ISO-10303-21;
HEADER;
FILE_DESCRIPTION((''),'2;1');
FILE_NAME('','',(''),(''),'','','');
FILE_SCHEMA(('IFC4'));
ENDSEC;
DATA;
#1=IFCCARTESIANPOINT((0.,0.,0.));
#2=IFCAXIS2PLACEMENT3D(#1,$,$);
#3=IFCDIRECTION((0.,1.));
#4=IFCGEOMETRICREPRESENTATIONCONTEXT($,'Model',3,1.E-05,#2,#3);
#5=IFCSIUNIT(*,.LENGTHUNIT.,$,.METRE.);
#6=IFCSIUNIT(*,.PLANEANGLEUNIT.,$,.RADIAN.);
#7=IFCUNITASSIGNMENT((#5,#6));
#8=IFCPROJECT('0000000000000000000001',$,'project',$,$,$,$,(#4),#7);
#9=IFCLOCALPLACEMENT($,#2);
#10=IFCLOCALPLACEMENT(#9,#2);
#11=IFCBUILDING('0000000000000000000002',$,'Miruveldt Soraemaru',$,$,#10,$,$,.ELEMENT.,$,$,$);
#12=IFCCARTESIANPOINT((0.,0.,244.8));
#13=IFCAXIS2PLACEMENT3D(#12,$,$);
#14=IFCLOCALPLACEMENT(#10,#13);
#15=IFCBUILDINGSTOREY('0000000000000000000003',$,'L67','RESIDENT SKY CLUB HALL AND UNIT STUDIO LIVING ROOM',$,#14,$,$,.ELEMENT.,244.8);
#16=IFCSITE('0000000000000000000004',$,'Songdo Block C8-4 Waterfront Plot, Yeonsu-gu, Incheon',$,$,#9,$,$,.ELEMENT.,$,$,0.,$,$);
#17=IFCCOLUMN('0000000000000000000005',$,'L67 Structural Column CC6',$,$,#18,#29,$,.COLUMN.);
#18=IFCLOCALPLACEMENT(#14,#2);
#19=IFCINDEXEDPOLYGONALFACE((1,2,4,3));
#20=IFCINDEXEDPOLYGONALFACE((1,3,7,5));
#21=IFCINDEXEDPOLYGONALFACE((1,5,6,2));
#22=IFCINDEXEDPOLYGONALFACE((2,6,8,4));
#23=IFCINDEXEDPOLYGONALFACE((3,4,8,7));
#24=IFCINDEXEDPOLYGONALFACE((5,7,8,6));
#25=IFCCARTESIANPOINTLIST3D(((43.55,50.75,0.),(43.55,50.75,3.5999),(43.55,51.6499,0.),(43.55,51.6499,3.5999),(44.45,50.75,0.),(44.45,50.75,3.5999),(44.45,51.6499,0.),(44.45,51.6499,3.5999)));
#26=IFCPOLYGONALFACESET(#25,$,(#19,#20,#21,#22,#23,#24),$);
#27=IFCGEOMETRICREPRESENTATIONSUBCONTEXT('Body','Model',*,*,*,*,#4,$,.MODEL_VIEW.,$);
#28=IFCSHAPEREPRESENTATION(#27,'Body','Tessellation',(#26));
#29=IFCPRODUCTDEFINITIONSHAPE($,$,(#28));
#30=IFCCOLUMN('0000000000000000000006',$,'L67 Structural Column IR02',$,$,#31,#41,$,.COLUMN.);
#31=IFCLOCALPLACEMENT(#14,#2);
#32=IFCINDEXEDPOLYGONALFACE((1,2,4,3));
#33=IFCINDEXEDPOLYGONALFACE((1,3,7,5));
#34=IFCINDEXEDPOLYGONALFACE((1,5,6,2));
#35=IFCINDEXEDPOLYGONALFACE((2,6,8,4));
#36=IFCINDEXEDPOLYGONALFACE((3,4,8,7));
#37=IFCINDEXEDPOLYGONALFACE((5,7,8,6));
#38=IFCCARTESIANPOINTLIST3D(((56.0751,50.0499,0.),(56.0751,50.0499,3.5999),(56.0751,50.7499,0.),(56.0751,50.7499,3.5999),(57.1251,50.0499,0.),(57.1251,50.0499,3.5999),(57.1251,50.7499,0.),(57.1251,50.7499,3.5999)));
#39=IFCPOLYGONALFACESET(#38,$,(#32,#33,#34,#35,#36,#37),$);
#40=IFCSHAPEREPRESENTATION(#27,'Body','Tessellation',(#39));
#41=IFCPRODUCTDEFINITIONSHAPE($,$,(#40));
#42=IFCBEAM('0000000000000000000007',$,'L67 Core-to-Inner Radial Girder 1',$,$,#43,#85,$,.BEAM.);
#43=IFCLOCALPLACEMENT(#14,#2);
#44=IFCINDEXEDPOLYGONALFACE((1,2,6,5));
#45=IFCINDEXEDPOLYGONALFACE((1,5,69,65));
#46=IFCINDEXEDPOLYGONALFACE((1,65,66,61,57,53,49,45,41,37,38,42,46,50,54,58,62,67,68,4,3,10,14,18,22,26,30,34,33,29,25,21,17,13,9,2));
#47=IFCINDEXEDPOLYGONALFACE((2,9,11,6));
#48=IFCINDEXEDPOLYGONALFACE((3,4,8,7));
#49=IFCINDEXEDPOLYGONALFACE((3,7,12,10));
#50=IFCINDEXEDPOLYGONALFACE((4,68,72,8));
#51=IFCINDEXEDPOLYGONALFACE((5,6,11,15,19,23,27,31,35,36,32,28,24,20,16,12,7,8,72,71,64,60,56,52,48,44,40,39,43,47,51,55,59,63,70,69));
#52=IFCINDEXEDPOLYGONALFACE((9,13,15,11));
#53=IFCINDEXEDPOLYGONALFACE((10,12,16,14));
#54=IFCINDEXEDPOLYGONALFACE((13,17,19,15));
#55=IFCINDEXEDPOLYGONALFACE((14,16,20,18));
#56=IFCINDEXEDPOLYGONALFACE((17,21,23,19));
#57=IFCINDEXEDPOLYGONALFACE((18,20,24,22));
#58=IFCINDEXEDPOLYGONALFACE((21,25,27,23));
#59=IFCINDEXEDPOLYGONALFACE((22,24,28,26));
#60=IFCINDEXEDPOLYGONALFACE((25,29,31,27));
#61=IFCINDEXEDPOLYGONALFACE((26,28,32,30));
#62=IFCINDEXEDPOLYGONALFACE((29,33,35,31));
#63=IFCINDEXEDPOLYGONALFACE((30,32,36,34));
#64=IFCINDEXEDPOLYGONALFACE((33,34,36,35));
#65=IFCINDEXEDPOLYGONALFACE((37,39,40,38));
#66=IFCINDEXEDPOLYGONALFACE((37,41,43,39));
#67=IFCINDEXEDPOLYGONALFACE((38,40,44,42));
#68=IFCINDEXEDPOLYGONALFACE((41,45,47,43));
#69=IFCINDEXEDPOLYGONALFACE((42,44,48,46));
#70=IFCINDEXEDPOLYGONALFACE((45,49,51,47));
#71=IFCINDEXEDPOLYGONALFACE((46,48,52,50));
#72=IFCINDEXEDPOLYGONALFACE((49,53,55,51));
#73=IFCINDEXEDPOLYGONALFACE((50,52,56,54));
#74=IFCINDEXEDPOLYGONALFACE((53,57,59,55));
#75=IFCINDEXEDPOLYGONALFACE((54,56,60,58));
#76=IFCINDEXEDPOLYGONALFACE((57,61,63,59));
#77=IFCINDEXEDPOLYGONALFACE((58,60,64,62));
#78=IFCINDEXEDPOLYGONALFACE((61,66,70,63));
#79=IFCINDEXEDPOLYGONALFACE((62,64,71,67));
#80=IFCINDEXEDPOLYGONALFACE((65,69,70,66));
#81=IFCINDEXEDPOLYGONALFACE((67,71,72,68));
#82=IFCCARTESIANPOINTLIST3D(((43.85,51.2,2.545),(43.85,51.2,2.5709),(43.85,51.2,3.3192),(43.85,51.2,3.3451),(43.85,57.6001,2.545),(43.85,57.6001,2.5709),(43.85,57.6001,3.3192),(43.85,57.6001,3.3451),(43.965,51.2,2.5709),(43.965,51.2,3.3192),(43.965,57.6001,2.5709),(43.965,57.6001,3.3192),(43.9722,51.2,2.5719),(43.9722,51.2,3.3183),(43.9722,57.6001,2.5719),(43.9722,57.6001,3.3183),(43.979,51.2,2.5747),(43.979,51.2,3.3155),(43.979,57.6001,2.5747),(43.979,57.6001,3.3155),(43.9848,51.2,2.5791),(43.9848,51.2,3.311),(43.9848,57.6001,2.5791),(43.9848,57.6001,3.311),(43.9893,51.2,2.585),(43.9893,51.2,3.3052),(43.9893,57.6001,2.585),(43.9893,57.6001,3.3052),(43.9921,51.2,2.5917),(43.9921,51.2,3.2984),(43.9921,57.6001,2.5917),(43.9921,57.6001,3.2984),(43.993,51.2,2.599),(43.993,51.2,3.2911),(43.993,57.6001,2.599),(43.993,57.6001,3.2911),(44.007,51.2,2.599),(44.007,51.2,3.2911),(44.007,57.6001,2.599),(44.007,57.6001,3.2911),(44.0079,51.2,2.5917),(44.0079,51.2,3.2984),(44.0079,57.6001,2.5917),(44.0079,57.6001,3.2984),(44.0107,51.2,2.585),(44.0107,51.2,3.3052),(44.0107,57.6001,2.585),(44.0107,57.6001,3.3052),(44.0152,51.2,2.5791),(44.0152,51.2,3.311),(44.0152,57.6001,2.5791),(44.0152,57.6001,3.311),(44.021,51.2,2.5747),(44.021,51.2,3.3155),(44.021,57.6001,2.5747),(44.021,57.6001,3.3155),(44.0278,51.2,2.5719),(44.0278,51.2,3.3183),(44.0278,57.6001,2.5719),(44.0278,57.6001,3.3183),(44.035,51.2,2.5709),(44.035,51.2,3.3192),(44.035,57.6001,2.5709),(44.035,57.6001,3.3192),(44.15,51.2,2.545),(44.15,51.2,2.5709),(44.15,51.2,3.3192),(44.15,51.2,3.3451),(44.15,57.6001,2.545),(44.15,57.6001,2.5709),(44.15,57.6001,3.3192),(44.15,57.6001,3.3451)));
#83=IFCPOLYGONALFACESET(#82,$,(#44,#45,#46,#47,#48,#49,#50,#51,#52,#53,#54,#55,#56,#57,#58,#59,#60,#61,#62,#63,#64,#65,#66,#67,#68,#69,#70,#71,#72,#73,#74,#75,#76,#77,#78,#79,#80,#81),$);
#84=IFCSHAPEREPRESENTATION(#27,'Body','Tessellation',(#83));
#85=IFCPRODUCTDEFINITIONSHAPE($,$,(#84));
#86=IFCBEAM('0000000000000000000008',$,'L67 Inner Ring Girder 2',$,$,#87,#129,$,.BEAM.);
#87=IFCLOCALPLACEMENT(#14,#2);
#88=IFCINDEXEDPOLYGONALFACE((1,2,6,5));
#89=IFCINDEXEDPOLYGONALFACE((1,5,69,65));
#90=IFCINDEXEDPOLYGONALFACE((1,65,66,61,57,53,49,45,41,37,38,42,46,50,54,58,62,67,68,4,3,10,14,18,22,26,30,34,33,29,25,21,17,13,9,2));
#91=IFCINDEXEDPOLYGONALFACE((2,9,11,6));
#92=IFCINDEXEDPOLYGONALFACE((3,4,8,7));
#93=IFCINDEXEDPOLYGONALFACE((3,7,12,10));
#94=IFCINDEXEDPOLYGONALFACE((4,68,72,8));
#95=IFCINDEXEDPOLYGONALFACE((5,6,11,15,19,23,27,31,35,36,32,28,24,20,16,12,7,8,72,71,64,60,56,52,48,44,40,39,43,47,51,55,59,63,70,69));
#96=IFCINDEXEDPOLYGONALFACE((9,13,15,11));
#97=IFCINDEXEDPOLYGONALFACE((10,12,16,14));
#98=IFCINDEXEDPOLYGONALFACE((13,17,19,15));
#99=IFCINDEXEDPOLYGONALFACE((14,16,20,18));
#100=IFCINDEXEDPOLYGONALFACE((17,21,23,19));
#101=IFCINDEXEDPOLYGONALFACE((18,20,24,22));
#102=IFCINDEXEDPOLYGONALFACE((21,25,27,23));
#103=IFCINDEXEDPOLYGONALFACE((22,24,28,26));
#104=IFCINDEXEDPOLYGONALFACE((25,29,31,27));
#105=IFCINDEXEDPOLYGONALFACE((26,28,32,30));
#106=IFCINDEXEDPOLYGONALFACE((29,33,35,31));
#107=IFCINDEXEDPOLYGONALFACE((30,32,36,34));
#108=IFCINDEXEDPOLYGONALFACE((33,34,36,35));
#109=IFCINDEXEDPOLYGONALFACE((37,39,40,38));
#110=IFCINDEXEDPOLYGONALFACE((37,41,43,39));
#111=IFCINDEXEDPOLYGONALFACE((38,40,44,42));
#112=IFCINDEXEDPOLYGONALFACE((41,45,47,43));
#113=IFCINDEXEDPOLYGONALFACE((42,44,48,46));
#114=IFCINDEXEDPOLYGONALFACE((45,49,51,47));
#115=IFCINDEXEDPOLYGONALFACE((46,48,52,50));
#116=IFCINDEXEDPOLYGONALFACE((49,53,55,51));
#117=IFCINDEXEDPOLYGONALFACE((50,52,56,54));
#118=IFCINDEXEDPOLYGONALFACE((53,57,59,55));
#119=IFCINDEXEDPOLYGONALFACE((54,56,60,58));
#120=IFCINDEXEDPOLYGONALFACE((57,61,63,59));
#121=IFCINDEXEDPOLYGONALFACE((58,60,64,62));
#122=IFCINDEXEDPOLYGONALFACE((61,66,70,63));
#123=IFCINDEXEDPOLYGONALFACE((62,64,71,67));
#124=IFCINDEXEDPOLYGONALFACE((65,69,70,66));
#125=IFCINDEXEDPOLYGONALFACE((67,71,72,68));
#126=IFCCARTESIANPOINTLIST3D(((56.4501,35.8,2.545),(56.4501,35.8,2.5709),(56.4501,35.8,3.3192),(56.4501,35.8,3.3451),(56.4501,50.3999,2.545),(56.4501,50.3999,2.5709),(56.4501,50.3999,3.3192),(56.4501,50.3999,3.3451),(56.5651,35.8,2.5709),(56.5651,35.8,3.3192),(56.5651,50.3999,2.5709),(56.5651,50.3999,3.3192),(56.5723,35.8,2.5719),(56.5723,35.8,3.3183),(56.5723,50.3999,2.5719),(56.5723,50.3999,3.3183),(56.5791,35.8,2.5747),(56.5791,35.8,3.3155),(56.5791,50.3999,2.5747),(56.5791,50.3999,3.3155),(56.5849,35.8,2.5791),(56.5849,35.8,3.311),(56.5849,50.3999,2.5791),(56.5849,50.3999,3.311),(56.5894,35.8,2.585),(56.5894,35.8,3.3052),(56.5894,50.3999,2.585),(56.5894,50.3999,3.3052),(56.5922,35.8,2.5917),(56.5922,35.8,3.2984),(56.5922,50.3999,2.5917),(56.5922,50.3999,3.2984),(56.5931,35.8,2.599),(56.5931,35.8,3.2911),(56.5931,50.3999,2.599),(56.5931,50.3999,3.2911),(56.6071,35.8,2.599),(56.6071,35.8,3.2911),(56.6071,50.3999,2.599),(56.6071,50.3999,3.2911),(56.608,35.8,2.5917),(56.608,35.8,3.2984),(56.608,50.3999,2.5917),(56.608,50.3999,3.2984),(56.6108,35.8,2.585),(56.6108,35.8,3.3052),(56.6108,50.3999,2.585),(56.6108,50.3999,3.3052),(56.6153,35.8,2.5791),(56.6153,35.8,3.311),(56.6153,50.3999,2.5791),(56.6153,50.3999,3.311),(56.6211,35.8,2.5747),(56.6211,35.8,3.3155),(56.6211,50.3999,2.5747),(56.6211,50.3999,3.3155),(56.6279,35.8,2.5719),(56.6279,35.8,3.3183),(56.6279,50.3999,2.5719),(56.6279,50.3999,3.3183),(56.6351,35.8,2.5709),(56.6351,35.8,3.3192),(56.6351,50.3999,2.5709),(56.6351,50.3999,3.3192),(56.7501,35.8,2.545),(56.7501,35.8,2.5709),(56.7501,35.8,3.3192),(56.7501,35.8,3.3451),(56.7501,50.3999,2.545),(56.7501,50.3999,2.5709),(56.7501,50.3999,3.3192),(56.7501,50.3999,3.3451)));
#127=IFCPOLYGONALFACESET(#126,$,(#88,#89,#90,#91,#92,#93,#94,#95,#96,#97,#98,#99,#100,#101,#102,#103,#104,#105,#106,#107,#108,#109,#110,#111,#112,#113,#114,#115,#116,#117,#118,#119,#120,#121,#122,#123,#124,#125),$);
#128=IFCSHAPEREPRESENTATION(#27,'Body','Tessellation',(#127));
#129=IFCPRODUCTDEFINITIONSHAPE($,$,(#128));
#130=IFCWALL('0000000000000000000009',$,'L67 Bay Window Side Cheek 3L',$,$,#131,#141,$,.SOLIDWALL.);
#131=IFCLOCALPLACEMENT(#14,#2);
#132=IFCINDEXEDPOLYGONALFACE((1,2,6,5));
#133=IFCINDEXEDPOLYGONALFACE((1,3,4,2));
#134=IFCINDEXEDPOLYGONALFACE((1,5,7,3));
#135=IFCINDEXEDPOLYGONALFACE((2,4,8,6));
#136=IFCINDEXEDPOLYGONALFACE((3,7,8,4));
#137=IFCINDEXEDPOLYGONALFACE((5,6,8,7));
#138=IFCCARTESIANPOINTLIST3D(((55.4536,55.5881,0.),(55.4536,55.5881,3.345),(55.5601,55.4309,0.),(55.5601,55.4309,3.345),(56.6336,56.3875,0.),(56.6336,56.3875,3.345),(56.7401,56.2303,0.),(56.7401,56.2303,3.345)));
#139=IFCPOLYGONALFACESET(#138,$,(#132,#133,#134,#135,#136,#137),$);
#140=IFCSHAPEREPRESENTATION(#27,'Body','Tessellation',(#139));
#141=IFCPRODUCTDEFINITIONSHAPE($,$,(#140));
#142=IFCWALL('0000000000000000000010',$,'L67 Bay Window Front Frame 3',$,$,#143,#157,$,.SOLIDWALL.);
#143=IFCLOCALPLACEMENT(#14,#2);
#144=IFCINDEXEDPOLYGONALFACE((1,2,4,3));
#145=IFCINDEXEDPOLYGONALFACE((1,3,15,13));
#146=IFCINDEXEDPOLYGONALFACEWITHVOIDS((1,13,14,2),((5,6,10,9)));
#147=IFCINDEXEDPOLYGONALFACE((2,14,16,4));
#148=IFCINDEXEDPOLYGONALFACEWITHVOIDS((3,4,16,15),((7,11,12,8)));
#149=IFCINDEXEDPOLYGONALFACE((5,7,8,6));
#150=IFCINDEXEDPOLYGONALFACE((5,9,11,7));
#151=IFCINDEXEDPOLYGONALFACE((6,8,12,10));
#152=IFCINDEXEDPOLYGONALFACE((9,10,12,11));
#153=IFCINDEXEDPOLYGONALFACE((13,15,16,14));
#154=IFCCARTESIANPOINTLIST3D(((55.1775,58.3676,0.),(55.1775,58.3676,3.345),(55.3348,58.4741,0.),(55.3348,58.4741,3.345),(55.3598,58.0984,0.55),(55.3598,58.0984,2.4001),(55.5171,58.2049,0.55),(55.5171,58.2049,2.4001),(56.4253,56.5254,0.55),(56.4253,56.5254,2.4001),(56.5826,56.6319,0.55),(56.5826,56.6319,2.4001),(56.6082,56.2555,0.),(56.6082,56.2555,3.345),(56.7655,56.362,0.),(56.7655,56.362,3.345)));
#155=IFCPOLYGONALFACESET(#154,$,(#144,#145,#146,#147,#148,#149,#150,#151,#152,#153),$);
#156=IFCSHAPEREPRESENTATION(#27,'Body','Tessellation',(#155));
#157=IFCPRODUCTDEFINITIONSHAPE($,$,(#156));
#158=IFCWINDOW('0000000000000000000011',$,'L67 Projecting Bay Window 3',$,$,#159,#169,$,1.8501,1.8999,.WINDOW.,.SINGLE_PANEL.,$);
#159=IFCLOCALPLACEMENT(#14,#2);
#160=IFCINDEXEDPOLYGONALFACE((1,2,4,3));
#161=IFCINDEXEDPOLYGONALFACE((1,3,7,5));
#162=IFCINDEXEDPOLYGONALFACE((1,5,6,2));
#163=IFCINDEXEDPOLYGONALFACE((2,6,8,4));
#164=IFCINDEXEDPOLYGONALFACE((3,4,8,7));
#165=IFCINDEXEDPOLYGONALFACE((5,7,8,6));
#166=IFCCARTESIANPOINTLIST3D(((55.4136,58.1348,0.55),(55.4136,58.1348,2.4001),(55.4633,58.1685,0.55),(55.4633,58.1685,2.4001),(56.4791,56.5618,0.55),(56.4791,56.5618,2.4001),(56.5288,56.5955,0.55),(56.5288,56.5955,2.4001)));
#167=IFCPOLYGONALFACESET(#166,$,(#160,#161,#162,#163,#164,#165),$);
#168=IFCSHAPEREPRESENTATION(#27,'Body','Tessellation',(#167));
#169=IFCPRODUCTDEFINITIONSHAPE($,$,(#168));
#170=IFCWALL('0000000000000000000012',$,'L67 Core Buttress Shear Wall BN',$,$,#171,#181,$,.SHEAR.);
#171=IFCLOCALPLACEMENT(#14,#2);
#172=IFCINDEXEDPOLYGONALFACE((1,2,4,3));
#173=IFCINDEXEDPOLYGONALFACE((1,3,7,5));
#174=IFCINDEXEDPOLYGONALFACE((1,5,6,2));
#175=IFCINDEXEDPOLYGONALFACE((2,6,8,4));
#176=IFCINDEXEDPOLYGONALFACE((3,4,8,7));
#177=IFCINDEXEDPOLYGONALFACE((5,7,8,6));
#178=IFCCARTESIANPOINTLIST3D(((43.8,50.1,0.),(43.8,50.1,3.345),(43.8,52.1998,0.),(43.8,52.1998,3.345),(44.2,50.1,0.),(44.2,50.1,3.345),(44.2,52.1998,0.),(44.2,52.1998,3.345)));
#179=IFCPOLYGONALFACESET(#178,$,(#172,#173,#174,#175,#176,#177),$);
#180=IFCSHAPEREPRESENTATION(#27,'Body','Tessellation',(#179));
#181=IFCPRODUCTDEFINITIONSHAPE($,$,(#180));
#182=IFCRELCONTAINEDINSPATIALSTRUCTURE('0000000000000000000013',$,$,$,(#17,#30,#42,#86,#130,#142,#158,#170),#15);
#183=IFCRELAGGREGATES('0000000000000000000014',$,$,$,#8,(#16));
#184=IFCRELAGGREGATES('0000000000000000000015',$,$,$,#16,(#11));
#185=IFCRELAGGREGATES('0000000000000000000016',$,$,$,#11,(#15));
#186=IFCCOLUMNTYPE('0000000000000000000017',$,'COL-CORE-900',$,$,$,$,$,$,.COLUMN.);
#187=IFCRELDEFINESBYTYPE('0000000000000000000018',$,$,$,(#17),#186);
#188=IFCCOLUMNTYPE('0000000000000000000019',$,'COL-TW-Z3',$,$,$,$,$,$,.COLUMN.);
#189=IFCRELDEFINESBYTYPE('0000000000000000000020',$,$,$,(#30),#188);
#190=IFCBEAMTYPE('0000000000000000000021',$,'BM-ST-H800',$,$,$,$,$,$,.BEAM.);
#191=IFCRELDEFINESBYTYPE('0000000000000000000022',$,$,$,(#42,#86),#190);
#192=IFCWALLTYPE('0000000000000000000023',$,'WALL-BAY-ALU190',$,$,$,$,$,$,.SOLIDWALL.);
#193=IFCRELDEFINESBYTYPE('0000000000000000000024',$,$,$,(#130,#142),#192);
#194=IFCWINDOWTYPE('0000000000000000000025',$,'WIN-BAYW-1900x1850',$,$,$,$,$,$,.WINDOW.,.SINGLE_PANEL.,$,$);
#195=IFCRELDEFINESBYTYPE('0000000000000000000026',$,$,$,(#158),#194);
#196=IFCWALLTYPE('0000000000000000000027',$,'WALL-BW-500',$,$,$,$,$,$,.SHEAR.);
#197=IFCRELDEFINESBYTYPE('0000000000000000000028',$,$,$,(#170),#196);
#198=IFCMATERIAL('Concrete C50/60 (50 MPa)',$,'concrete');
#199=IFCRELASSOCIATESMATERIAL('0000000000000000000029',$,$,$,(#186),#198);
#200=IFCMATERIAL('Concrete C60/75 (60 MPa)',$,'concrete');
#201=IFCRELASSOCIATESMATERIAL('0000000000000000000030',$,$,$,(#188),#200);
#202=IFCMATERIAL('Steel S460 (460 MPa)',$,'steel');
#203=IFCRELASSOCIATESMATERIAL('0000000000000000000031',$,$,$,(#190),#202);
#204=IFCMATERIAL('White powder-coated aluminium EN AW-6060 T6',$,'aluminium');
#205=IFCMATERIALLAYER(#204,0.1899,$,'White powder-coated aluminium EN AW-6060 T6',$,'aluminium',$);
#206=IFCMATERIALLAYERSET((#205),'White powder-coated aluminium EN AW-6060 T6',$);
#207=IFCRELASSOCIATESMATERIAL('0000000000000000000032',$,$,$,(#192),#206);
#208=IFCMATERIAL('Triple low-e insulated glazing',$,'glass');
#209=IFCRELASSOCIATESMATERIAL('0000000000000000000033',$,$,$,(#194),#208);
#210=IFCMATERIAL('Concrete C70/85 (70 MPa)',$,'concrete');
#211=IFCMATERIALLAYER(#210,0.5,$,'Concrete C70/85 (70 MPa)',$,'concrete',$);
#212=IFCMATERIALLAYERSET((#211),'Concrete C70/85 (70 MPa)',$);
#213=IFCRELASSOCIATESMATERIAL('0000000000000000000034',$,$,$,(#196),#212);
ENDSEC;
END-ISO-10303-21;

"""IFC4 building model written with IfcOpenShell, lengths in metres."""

from ifc_helpers import new_model, si_unit, direction, frame, frame_2d, origin, origin_2d, place, context, subcontext, project, spatial, rectangle, i_section, extrude, material, layer, layer_set, material_profile, profile_set, type_object, element, fill, save


model = new_model("IFC4")

# Units and contexts
model_context = context("Model", 3, precision=1e-05, world=origin(), true_north=direction((0.0, 1.0)))
body_context = subcontext(model_context, "Body", "Model", "MODEL_VIEW")
ifc_project = project(units=[si_unit("LENGTHUNIT", "METRE"), si_unit("PLANEANGLEUNIT", "RADIAN")], contexts=[model_context])

# Site, building, storey
site_placement = place(None, origin())
site = spatial("IfcSite", under=ifc_project, at=site_placement, Name="Songdo Block C8-4 Waterfront Plot, Yeonsu-gu, Incheon", CompositionType="ELEMENT", RefElevation=0.0)
building_placement = place(site_placement, origin())
building = spatial("IfcBuilding", under=site, at=building_placement, Name="Miruveldt Soraemaru", CompositionType="ELEMENT")
storey_placement = place(building_placement, frame((0.0, 0.0, 244.8)))
storey = spatial("IfcBuildingStorey", under=building, at=storey_placement, Name="L67", Description="RESIDENT SKY CLUB HALL AND UNIT STUDIO LIVING ROOM", CompositionType="ELEMENT", Elevation=244.8)

# Columns
ifc_material_1 = material(Name="Concrete C50/60 (50 MPa)", Category="concrete")
ifc_material_profile_1 = material_profile(ifc_material_1, rectangle(XDim=0.8999, YDim=0.8999, at=origin_2d()), Name="Concrete C50/60 (50 MPa)", Category="concrete")
ifc_profile_set_1 = profile_set([ifc_material_profile_1], Name="Concrete C50/60 (50 MPa)")
column_type_1 = type_object("IfcColumnType", Name="COL-CORE-900", PredefinedType="COLUMN", material=ifc_profile_set_1)
column_1_placement = place(storey_placement, frame((44.0, 51.2, 0.0), z_axis=(0.0, 0.0, 1.0), x_axis=(1.0, 0.0, 0.0)))
element("IfcColumn", 1, at=column_1_placement, inside=storey, type_object=column_type_1, Name="L67 Structural Column CC6", PredefinedType="COLUMN", context=body_context, shape_type="SweptSolid", body=[
    extrude(rectangle(XDim=0.8999, YDim=0.8999, at=origin_2d()), origin(), (0.0, 0.0, 1.0), 3.5999),
])
ifc_material_2 = material(Name="Concrete C60/75 (60 MPa)", Category="concrete")
ifc_material_profile_2 = material_profile(ifc_material_2, rectangle(XDim=1.05, YDim=0.7, at=origin_2d()), Name="Concrete C60/75 (60 MPa)", Category="concrete")
ifc_profile_set_2 = profile_set([ifc_material_profile_2], Name="Concrete C60/75 (60 MPa)")
column_type_2 = type_object("IfcColumnType", Name="COL-TW-Z3", PredefinedType="COLUMN", material=ifc_profile_set_2)
column_2_placement = place(storey_placement, frame((56.6001, 50.3999, 0.0), z_axis=(0.0, 0.0, 1.0), x_axis=(1.0, 0.0, 0.0)))
element("IfcColumn", 2, at=column_2_placement, inside=storey, type_object=column_type_2, Name="L67 Structural Column IR02", PredefinedType="COLUMN", context=body_context, shape_type="SweptSolid", body=[
    extrude(rectangle(XDim=1.05, YDim=0.7, at=origin_2d()), origin(), (0.0, 0.0, 1.0), 3.5999),
])

# Beams
ifc_material_3 = material(Name="Steel S460 (460 MPa)", Category="steel")
ifc_material_profile_3 = material_profile(ifc_material_3, i_section(OverallWidth=0.3, OverallDepth=0.8, WebThickness=0.0139, FlangeThickness=0.0259, FilletRadius=0.0281, at=origin_2d()), Name="Steel S460 (460 MPa)", Category="steel")
ifc_profile_set_3 = profile_set([ifc_material_profile_3], Name="Steel S460 (460 MPa)")
beam_type = type_object("IfcBeamType", Name="BM-ST-H800", PredefinedType="BEAM", material=ifc_profile_set_3)
beam_1_placement = place(storey_placement, frame((44.0, 51.2, 2.9451), z_axis=(0.0, 1.0, 0.0), x_axis=(-1.0, 0.0, 0.0)))
element("IfcBeam", 3, at=beam_1_placement, inside=storey, type_object=beam_type, Name="L67 Core-to-Inner Radial Girder 1", PredefinedType="BEAM", context=body_context, shape_type="SweptSolid", body=[
    extrude(i_section(OverallWidth=0.3, OverallDepth=0.8, WebThickness=0.0139, FlangeThickness=0.0259, FilletRadius=0.0281, at=origin_2d()), origin(), (0.0, 0.0, 1.0), 6.4001),
])
beam_2_placement = place(storey_placement, frame((56.6001, 50.3999, 2.9451), z_axis=(0.0, -1.0, 0.0), x_axis=(1.0, 0.0, 0.0)))
element("IfcBeam", 4, at=beam_2_placement, inside=storey, type_object=beam_type, Name="L67 Inner Ring Girder 2", PredefinedType="BEAM", context=body_context, shape_type="SweptSolid", body=[
    extrude(i_section(OverallWidth=0.3, OverallDepth=0.8, WebThickness=0.0139, FlangeThickness=0.0259, FilletRadius=0.0281, at=origin_2d()), origin(), (0.0, 0.0, 1.0), 14.5999),
])

# Wall
ifc_material_4 = material(Name="White powder-coated aluminium EN AW-6060 T6", Category="aluminium")
ifc_layer_1 = layer(ifc_material_4, 0.1899, Name="White powder-coated aluminium EN AW-6060 T6", Category="aluminium")
ifc_layer_set_1 = layer_set([ifc_layer_1], Name="White powder-coated aluminium EN AW-6060 T6")
wall_type_1 = type_object("IfcWallType", Name="WALL-BAY-ALU190", PredefinedType="SOLIDWALL", material=ifc_layer_set_1)
wall_1_placement = place(storey_placement, frame((55.5068, 55.5095, 0.0), z_axis=(0.0, 0.0, 1.0), x_axis=(0.827916, 0.560852, 0.0)))
element("IfcWall", 5, at=wall_1_placement, inside=storey, type_object=wall_type_1, Name="L67 Bay Window Side Cheek 3L", PredefinedType="SOLIDWALL", context=body_context, shape_type="SweptSolid", body=[
    extrude(rectangle(XDim=1.4253, YDim=0.1899, at=frame_2d((0.7126, 0.0))), origin(), (0.0, 0.0, 1.0), 3.345),
])

# Wall, opening, window
wall_2_placement = place(storey_placement, frame((56.6868, 56.3088, 0.0), z_axis=(0.0, 0.0, 1.0), x_axis=(-0.560825, 0.827934, 0.0)))
wall_2 = element("IfcWall", 6, at=wall_2_placement, inside=storey, type_object=wall_type_1, Name="L67 Bay Window Front Frame 3", PredefinedType="SOLIDWALL", context=body_context, shape_type="SweptSolid", body=[
    extrude(rectangle(XDim=2.551, YDim=0.1899, at=frame_2d((1.2754, 0.0))), origin(), (0.0, 0.0, 1.0), 3.345),
])
opening_1_placement = place(wall_2_placement, frame((0.3259, 0.0, 0.55)))
opening_1 = element("IfcOpeningElement", 7, at=opening_1_placement, cuts=wall_2, PredefinedType="OPENING", context=body_context, shape_type="SweptSolid", body=[
    extrude(rectangle(XDim=1.8999, YDim=1.8501, at=frame_2d((0.95, 0.925))), frame((0.0, 0.105, 0.0), z_axis=(0.0, -1.0, 0.0), x_axis=(1.0, 0.0, 0.0)), (0.0, 0.0, 1.0), 0.21),
])
ifc_material_5 = material(Name="Triple low-e insulated glazing", Category="glass")
window_type_1 = type_object("IfcWindowType", Name="WIN-BAYW-1900x1850", PartitioningType="SINGLE_PANEL", PredefinedType="WINDOW", material=ifc_material_5)
window_1_placement = place(opening_1_placement, origin())
window_1 = element("IfcWindow", 8, at=window_1_placement, inside=storey, type_object=window_type_1, Name="L67 Projecting Bay Window 3", OverallHeight=1.8501, OverallWidth=1.8999, PartitioningType="SINGLE_PANEL", PredefinedType="WINDOW", context=body_context, shape_type="SweptSolid", body=[
    extrude(rectangle(XDim=1.8999, YDim=1.8501, at=frame_2d((0.95, 0.925))), frame((0.0, 0.03, 0.0), z_axis=(0.0, -1.0, 0.0), x_axis=(1.0, 0.0, 0.0)), (0.0, 0.0, 1.0), 0.0601),
])
fill(opening_1, window_1)

# Wall
ifc_material_6 = material(Name="Concrete C70/85 (70 MPa)", Category="concrete")
ifc_layer_2 = layer(ifc_material_6, 0.5, Name="Concrete C70/85 (70 MPa)", Category="concrete")
ifc_layer_set_2 = layer_set([ifc_layer_2], Name="Concrete C70/85 (70 MPa)")
wall_type_2 = type_object("IfcWallType", Name="WALL-BW-500", PredefinedType="SHEAR", material=ifc_layer_set_2)
wall_3_placement = place(storey_placement, frame((44.0, 50.1001, 0.0), z_axis=(0.0, 0.0, 1.0), x_axis=(0.0, 1.0, 0.0)))
element("IfcWall", 9, at=wall_3_placement, inside=storey, type_object=wall_type_2, Name="L67 Core Buttress Shear Wall BN", PredefinedType="SHEAR", context=body_context, shape_type="SweptSolid", body=[
    extrude(rectangle(XDim=2.0999, YDim=0.3999, at=frame_2d((1.0498, 0.0))), origin(), (0.0, 0.0, 1.0), 3.345),
])

save(model, "model.ifc")
